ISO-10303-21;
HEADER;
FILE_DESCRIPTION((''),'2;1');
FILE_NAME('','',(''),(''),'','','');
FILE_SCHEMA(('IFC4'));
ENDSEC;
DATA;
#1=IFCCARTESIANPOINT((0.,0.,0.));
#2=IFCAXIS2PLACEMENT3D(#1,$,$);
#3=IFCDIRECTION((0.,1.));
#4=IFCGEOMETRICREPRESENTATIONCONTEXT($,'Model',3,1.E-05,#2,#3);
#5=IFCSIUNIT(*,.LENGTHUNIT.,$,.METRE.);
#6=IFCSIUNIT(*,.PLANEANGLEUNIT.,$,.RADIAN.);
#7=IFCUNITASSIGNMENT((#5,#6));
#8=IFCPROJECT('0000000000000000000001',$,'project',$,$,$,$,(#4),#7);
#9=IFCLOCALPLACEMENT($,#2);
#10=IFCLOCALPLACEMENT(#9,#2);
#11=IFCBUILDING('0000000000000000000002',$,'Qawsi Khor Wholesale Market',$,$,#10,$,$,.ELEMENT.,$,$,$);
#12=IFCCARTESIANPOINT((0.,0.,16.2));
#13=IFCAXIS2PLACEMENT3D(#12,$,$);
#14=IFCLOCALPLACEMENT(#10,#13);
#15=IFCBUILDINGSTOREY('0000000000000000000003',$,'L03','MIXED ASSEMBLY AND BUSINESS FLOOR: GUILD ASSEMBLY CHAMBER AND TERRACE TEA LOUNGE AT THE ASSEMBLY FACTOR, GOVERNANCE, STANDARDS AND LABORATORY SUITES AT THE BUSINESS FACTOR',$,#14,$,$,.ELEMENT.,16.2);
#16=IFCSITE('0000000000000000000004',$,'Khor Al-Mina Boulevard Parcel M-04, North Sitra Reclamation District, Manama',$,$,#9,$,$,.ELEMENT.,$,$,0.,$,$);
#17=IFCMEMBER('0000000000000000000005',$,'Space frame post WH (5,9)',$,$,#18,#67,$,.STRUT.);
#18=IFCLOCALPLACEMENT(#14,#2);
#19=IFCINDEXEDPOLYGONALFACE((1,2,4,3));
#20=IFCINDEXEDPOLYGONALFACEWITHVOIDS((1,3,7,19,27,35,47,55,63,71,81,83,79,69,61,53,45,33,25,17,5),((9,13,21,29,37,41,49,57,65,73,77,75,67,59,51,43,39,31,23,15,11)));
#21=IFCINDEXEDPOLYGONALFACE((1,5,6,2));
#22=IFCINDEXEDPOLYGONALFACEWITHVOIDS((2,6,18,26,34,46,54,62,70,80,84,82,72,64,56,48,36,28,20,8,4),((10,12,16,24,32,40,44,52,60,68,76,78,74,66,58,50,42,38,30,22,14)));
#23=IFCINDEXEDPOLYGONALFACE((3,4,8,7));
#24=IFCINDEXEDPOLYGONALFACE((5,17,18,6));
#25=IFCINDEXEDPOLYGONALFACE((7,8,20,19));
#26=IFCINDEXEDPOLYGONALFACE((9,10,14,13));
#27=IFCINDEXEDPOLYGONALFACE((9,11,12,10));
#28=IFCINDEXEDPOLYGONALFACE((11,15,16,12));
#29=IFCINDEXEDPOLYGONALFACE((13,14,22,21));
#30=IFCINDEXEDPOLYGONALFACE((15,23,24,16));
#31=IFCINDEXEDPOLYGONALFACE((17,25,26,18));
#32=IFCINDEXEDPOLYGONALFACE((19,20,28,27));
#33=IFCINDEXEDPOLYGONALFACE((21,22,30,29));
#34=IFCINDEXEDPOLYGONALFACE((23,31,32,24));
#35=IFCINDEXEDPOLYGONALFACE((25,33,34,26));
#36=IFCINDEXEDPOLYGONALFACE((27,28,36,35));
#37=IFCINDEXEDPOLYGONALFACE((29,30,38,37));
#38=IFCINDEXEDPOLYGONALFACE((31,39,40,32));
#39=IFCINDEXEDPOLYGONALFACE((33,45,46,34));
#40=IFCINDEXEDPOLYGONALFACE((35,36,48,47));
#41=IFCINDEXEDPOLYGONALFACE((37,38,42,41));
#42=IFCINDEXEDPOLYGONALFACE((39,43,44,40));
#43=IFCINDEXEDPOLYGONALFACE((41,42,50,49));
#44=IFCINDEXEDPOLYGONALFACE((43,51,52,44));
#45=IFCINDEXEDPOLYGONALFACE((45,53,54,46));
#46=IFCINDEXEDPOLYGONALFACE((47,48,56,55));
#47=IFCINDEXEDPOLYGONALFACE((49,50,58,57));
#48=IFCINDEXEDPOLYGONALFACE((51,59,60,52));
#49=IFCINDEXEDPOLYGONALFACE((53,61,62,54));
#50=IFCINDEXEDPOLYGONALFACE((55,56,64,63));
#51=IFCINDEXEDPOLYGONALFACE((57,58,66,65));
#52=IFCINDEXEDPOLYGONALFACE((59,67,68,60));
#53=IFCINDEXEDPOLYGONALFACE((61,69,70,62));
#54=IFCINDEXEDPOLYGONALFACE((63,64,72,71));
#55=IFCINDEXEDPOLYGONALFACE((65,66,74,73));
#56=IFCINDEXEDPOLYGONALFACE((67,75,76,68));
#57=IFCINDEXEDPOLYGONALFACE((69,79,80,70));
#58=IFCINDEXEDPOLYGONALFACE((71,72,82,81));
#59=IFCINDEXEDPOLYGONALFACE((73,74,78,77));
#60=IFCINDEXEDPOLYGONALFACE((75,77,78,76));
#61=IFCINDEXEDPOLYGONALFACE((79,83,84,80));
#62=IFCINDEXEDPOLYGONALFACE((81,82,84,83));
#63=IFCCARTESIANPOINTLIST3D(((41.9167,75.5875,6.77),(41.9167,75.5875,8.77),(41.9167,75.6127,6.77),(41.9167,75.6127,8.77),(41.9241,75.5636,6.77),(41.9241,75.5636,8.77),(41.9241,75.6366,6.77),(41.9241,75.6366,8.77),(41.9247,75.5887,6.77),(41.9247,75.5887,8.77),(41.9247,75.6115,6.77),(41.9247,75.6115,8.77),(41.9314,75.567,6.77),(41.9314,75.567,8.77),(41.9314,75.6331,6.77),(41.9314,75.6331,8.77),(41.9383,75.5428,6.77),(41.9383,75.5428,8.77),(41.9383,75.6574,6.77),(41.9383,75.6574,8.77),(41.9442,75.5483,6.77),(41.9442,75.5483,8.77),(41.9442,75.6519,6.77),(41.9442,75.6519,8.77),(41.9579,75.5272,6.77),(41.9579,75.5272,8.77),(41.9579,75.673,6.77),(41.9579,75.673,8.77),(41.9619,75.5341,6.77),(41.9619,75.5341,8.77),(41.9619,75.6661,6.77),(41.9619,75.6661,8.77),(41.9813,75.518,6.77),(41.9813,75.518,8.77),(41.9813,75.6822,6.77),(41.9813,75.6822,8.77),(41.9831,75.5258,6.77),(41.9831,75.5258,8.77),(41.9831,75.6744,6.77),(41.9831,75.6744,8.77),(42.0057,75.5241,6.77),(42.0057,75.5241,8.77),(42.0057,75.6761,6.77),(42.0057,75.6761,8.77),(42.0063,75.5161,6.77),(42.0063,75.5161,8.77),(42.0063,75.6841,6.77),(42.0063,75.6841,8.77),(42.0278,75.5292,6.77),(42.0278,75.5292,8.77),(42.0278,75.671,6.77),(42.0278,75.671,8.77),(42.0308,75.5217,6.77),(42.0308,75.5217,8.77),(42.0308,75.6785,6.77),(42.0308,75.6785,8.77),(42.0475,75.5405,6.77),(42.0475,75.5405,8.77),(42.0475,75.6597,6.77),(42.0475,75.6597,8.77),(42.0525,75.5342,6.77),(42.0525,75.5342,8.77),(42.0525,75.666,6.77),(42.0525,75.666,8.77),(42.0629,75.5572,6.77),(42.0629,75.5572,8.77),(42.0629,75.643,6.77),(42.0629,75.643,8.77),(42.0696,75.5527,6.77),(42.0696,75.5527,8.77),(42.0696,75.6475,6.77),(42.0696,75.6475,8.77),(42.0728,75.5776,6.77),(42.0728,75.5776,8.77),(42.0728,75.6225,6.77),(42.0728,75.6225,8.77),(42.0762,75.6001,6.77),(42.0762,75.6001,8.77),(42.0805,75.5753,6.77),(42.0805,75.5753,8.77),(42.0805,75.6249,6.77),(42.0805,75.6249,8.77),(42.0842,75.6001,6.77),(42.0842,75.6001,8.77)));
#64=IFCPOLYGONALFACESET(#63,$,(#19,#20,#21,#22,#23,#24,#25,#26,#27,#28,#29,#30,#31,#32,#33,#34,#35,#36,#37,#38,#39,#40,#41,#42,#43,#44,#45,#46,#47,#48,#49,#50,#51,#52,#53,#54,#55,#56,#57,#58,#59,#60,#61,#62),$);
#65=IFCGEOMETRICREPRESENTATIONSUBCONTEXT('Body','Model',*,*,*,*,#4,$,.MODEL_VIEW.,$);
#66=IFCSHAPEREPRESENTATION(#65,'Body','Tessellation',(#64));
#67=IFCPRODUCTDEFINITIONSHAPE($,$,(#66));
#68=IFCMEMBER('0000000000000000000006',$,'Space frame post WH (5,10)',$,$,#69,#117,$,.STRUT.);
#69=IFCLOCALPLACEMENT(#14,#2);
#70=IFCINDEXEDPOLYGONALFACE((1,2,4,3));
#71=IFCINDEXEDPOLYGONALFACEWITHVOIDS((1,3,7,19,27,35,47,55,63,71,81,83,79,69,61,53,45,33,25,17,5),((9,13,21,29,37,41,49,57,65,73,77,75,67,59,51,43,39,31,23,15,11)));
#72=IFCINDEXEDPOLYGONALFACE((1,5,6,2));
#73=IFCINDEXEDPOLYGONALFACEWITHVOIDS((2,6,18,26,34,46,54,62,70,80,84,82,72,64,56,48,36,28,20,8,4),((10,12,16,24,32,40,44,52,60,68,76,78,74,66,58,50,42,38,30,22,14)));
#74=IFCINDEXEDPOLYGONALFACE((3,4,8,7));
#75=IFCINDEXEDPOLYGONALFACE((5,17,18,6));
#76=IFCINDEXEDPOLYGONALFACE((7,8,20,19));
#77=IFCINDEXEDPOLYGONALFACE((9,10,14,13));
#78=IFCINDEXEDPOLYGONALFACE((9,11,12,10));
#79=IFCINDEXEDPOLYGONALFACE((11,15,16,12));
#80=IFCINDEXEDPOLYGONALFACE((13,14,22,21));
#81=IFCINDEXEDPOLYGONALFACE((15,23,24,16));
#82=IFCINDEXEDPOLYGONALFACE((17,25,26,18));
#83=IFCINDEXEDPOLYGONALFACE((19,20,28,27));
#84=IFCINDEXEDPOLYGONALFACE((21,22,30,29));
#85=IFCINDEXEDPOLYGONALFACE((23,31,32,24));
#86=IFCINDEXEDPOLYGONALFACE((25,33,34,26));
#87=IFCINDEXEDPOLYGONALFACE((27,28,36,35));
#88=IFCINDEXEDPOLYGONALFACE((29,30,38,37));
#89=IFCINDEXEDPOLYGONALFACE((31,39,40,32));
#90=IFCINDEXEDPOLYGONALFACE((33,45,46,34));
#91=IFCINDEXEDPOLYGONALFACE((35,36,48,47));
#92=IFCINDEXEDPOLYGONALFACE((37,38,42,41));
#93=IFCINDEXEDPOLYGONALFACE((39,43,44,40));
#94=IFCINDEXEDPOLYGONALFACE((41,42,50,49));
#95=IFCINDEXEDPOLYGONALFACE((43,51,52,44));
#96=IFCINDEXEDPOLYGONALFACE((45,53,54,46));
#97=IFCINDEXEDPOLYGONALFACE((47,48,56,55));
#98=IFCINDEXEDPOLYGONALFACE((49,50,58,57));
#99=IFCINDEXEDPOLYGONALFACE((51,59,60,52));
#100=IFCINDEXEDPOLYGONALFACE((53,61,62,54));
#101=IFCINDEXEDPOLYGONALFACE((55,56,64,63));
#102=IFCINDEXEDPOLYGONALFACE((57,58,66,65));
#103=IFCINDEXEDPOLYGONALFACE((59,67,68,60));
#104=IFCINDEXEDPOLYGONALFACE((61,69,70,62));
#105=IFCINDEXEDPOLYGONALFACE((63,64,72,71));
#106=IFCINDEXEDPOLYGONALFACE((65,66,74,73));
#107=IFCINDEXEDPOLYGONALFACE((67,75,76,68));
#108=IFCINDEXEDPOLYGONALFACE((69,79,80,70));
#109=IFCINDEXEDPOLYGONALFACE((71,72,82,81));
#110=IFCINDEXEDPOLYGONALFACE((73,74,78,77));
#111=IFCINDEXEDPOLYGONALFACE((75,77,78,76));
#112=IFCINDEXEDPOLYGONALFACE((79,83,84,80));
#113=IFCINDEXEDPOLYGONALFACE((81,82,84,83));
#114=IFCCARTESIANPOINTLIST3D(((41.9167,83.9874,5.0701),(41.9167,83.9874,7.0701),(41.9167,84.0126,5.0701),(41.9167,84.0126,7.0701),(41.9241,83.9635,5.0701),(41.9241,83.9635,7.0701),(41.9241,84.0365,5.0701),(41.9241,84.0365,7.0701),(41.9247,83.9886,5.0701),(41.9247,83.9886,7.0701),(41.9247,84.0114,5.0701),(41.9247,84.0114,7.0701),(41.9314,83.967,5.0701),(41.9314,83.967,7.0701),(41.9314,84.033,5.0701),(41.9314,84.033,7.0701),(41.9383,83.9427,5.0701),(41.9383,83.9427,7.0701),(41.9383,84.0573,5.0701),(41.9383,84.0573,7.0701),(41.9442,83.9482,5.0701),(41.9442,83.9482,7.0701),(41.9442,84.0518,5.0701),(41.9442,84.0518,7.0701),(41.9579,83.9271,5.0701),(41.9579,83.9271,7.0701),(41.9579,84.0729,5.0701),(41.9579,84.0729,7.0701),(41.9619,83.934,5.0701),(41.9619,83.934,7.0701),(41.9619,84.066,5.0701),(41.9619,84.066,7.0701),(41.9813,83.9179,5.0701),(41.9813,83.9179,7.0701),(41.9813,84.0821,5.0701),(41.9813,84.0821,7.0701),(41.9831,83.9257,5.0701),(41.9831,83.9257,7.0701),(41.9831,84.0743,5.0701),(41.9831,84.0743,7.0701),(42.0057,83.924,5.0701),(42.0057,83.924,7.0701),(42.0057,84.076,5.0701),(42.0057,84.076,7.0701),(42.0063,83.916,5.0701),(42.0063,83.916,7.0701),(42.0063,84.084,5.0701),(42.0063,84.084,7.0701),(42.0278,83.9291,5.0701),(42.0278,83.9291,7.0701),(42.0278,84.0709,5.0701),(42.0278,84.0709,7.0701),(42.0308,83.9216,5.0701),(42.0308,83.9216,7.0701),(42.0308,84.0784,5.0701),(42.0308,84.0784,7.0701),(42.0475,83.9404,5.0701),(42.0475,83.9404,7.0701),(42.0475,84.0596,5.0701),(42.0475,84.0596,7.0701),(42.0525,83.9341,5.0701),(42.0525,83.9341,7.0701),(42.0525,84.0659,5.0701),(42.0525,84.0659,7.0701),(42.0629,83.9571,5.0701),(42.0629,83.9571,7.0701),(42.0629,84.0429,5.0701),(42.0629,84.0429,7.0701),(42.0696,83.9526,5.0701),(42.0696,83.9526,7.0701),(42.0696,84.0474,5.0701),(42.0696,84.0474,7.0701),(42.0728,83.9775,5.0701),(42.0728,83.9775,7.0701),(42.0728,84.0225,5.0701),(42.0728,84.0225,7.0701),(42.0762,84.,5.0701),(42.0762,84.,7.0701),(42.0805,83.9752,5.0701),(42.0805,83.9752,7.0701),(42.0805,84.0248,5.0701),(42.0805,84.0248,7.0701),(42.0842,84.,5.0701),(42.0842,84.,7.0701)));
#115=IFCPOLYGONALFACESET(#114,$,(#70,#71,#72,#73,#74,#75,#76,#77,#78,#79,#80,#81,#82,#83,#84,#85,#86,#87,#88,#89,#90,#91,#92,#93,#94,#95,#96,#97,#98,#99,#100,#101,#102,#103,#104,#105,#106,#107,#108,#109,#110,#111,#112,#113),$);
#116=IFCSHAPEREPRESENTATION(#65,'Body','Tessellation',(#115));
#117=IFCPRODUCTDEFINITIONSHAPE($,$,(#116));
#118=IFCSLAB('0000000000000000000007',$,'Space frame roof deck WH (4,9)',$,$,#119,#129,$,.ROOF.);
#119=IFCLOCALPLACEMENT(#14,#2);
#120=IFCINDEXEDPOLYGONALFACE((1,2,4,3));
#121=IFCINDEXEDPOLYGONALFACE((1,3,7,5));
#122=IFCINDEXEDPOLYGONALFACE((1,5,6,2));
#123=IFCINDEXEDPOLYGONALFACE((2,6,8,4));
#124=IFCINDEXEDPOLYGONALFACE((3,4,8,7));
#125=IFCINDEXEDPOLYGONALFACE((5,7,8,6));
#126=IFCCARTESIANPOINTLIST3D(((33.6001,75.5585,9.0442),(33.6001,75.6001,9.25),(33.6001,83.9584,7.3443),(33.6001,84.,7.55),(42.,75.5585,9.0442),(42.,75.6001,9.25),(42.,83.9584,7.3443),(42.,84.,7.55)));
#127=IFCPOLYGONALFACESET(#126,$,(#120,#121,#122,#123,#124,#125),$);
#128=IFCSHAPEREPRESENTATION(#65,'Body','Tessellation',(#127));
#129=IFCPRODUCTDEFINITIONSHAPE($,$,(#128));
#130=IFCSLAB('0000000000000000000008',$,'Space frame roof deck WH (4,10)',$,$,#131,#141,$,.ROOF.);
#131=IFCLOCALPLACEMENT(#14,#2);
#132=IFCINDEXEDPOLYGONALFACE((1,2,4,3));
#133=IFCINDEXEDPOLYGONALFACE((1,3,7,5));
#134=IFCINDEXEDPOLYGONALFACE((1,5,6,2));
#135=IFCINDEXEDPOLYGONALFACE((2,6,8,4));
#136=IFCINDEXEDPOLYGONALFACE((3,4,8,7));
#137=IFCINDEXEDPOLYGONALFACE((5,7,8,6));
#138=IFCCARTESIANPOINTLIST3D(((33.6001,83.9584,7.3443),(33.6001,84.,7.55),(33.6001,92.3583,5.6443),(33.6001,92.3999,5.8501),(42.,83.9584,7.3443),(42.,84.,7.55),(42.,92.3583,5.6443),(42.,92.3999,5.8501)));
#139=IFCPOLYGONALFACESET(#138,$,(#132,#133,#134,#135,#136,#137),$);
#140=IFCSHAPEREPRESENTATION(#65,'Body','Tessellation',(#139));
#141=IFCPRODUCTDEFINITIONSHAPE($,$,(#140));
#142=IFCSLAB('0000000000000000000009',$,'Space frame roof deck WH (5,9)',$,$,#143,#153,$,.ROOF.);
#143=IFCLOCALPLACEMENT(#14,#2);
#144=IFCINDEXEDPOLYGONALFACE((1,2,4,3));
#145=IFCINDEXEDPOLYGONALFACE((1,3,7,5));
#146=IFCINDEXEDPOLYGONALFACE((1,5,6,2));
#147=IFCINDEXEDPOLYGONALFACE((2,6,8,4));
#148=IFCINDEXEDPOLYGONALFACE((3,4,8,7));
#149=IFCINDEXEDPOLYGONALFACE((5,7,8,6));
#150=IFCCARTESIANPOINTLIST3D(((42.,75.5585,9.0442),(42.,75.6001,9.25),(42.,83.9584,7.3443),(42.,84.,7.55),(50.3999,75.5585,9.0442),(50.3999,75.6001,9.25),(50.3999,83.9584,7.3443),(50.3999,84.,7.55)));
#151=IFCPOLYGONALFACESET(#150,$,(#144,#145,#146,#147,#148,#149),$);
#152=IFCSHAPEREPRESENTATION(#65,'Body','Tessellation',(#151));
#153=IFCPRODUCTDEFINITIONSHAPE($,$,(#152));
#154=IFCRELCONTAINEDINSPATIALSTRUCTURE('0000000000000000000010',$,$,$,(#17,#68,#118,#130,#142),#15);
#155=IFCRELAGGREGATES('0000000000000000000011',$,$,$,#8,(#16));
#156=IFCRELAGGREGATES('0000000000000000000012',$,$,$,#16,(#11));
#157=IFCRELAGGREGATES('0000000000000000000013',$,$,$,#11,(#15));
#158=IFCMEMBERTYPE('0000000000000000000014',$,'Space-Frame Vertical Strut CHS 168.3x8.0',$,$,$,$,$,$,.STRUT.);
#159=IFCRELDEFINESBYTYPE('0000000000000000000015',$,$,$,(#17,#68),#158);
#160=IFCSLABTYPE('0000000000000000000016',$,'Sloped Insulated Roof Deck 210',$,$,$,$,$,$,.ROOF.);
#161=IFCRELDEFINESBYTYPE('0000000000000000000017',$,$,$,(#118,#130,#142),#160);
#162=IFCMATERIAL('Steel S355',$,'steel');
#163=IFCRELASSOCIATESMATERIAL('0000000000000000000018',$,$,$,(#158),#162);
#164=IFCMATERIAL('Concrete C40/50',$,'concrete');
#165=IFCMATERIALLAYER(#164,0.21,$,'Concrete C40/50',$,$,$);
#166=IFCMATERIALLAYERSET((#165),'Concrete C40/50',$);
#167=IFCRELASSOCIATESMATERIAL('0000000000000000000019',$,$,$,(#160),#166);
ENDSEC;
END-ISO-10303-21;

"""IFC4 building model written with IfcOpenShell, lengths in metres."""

from ifc_helpers import new_model, si_unit, direction, frame, origin, origin_2d, place, context, subcontext, project, spatial, polyline, hollow_circle, outline, extrude, material, layer, layer_set, material_profile, profile_set, type_object, element, save


model = new_model("IFC4")

# Units and contexts
model_context = context("Model", 3, precision=1e-05, world=origin(), true_north=direction((0.0, 1.0)))
body_context = subcontext(model_context, "Body", "Model", "MODEL_VIEW")
ifc_project = project(units=[si_unit("LENGTHUNIT", "METRE"), si_unit("PLANEANGLEUNIT", "RADIAN")], contexts=[model_context])

# Site, building, storey
site_placement = place(None, origin())
site = spatial("IfcSite", under=ifc_project, at=site_placement, Name="Khor Al-Mina Boulevard Parcel M-04, North Sitra Reclamation District, Manama", CompositionType="ELEMENT", RefElevation=0.0)
building_placement = place(site_placement, origin())
building = spatial("IfcBuilding", under=site, at=building_placement, Name="Qawsi Khor Wholesale Market", CompositionType="ELEMENT")
storey_placement = place(building_placement, frame((0.0, 0.0, 16.2)))
storey = spatial("IfcBuildingStorey", under=building, at=storey_placement, Name="L03", Description="MIXED ASSEMBLY AND BUSINESS FLOOR: GUILD ASSEMBLY CHAMBER AND TERRACE TEA LOUNGE AT THE ASSEMBLY FACTOR, GOVERNANCE, STANDARDS AND LABORATORY SUITES AT THE BUSINESS FACTOR", CompositionType="ELEMENT", Elevation=16.2)

# Members
ifc_material_1 = material(Name="Steel S355", Category="steel")
ifc_material_profile_1 = material_profile(ifc_material_1, hollow_circle(Radius=0.0842, WallThickness=0.0081, at=origin_2d()), Name="CHS 168.3x8.0")
ifc_profile_set_1 = profile_set([ifc_material_profile_1], Name="Steel S355")
member_type_1 = type_object("IfcMemberType", Name="Space-Frame Vertical Strut CHS 168.3x8.0", PredefinedType="STRUT", material=ifc_profile_set_1)
for number, where, z_axis, x_axis, name in (
    (1, (42.0, 75.6001, 6.77), (0.0, 0.0, 1.0), (1.0, 0.0, 0.0), "Space frame post WH (5,9)"),
    (2, (42.0, 84.0, 5.0701), (0.0, 0.0, 1.0), (1.0, 0.0, 0.0), "Space frame post WH (5,10)"),
):
    element("IfcMember", number, at=place(storey_placement, frame(where, z_axis=z_axis, x_axis=x_axis)), inside=storey, type_object=member_type_1, Name=name, PredefinedType="STRUT", context=body_context, shape_type="SweptSolid", body=[
        extrude(hollow_circle(Radius=0.0842, WallThickness=0.0081, at=origin_2d()), origin(), (0.0, 0.0, 1.0), 2.0),
    ])

# Slabs
ifc_material_2 = material(Name="Concrete C40/50", Category="concrete")
ifc_layer = layer(ifc_material_2, 0.21, Name="Concrete C40/50")
ifc_layer_set = layer_set([ifc_layer], Name="Concrete C40/50")
slab_type = type_object("IfcSlabType", Name="Sloped Insulated Roof Deck 210", PredefinedType="ROOF", material=ifc_layer_set)
for number, where, z_axis, x_axis, name in (
    (3, (33.6001, 75.6001, 9.25), (0.0, 0.198356, 0.98013), (1.0, 0.0, 0.0), "Space frame roof deck WH (4,9)"),
    (4, (33.6001, 84.0, 7.55), (0.0, 0.198356, 0.98013), (1.0, 0.0, 0.0), "Space frame roof deck WH (4,10)"),
    (5, (42.0, 75.6001, 9.25), (0.0, 0.198356, 0.98013), (1.0, 0.0, 0.0), "Space frame roof deck WH (5,9)"),
):
    element("IfcSlab", number, at=place(storey_placement, frame(where, z_axis=z_axis, x_axis=x_axis)), inside=storey, type_object=slab_type, Name=name, PredefinedType="ROOF", context=body_context, shape_type="SweptSolid", body=[
        extrude(outline(polyline([(0.0, 0.0), (8.3999, 0.0), (8.3999, 8.5702), (0.0, 8.5702), (0.0, 0.0)])), origin(), (0.0, 0.0, -1.0), 0.21),
    ])

save(model, "model.ifc")
